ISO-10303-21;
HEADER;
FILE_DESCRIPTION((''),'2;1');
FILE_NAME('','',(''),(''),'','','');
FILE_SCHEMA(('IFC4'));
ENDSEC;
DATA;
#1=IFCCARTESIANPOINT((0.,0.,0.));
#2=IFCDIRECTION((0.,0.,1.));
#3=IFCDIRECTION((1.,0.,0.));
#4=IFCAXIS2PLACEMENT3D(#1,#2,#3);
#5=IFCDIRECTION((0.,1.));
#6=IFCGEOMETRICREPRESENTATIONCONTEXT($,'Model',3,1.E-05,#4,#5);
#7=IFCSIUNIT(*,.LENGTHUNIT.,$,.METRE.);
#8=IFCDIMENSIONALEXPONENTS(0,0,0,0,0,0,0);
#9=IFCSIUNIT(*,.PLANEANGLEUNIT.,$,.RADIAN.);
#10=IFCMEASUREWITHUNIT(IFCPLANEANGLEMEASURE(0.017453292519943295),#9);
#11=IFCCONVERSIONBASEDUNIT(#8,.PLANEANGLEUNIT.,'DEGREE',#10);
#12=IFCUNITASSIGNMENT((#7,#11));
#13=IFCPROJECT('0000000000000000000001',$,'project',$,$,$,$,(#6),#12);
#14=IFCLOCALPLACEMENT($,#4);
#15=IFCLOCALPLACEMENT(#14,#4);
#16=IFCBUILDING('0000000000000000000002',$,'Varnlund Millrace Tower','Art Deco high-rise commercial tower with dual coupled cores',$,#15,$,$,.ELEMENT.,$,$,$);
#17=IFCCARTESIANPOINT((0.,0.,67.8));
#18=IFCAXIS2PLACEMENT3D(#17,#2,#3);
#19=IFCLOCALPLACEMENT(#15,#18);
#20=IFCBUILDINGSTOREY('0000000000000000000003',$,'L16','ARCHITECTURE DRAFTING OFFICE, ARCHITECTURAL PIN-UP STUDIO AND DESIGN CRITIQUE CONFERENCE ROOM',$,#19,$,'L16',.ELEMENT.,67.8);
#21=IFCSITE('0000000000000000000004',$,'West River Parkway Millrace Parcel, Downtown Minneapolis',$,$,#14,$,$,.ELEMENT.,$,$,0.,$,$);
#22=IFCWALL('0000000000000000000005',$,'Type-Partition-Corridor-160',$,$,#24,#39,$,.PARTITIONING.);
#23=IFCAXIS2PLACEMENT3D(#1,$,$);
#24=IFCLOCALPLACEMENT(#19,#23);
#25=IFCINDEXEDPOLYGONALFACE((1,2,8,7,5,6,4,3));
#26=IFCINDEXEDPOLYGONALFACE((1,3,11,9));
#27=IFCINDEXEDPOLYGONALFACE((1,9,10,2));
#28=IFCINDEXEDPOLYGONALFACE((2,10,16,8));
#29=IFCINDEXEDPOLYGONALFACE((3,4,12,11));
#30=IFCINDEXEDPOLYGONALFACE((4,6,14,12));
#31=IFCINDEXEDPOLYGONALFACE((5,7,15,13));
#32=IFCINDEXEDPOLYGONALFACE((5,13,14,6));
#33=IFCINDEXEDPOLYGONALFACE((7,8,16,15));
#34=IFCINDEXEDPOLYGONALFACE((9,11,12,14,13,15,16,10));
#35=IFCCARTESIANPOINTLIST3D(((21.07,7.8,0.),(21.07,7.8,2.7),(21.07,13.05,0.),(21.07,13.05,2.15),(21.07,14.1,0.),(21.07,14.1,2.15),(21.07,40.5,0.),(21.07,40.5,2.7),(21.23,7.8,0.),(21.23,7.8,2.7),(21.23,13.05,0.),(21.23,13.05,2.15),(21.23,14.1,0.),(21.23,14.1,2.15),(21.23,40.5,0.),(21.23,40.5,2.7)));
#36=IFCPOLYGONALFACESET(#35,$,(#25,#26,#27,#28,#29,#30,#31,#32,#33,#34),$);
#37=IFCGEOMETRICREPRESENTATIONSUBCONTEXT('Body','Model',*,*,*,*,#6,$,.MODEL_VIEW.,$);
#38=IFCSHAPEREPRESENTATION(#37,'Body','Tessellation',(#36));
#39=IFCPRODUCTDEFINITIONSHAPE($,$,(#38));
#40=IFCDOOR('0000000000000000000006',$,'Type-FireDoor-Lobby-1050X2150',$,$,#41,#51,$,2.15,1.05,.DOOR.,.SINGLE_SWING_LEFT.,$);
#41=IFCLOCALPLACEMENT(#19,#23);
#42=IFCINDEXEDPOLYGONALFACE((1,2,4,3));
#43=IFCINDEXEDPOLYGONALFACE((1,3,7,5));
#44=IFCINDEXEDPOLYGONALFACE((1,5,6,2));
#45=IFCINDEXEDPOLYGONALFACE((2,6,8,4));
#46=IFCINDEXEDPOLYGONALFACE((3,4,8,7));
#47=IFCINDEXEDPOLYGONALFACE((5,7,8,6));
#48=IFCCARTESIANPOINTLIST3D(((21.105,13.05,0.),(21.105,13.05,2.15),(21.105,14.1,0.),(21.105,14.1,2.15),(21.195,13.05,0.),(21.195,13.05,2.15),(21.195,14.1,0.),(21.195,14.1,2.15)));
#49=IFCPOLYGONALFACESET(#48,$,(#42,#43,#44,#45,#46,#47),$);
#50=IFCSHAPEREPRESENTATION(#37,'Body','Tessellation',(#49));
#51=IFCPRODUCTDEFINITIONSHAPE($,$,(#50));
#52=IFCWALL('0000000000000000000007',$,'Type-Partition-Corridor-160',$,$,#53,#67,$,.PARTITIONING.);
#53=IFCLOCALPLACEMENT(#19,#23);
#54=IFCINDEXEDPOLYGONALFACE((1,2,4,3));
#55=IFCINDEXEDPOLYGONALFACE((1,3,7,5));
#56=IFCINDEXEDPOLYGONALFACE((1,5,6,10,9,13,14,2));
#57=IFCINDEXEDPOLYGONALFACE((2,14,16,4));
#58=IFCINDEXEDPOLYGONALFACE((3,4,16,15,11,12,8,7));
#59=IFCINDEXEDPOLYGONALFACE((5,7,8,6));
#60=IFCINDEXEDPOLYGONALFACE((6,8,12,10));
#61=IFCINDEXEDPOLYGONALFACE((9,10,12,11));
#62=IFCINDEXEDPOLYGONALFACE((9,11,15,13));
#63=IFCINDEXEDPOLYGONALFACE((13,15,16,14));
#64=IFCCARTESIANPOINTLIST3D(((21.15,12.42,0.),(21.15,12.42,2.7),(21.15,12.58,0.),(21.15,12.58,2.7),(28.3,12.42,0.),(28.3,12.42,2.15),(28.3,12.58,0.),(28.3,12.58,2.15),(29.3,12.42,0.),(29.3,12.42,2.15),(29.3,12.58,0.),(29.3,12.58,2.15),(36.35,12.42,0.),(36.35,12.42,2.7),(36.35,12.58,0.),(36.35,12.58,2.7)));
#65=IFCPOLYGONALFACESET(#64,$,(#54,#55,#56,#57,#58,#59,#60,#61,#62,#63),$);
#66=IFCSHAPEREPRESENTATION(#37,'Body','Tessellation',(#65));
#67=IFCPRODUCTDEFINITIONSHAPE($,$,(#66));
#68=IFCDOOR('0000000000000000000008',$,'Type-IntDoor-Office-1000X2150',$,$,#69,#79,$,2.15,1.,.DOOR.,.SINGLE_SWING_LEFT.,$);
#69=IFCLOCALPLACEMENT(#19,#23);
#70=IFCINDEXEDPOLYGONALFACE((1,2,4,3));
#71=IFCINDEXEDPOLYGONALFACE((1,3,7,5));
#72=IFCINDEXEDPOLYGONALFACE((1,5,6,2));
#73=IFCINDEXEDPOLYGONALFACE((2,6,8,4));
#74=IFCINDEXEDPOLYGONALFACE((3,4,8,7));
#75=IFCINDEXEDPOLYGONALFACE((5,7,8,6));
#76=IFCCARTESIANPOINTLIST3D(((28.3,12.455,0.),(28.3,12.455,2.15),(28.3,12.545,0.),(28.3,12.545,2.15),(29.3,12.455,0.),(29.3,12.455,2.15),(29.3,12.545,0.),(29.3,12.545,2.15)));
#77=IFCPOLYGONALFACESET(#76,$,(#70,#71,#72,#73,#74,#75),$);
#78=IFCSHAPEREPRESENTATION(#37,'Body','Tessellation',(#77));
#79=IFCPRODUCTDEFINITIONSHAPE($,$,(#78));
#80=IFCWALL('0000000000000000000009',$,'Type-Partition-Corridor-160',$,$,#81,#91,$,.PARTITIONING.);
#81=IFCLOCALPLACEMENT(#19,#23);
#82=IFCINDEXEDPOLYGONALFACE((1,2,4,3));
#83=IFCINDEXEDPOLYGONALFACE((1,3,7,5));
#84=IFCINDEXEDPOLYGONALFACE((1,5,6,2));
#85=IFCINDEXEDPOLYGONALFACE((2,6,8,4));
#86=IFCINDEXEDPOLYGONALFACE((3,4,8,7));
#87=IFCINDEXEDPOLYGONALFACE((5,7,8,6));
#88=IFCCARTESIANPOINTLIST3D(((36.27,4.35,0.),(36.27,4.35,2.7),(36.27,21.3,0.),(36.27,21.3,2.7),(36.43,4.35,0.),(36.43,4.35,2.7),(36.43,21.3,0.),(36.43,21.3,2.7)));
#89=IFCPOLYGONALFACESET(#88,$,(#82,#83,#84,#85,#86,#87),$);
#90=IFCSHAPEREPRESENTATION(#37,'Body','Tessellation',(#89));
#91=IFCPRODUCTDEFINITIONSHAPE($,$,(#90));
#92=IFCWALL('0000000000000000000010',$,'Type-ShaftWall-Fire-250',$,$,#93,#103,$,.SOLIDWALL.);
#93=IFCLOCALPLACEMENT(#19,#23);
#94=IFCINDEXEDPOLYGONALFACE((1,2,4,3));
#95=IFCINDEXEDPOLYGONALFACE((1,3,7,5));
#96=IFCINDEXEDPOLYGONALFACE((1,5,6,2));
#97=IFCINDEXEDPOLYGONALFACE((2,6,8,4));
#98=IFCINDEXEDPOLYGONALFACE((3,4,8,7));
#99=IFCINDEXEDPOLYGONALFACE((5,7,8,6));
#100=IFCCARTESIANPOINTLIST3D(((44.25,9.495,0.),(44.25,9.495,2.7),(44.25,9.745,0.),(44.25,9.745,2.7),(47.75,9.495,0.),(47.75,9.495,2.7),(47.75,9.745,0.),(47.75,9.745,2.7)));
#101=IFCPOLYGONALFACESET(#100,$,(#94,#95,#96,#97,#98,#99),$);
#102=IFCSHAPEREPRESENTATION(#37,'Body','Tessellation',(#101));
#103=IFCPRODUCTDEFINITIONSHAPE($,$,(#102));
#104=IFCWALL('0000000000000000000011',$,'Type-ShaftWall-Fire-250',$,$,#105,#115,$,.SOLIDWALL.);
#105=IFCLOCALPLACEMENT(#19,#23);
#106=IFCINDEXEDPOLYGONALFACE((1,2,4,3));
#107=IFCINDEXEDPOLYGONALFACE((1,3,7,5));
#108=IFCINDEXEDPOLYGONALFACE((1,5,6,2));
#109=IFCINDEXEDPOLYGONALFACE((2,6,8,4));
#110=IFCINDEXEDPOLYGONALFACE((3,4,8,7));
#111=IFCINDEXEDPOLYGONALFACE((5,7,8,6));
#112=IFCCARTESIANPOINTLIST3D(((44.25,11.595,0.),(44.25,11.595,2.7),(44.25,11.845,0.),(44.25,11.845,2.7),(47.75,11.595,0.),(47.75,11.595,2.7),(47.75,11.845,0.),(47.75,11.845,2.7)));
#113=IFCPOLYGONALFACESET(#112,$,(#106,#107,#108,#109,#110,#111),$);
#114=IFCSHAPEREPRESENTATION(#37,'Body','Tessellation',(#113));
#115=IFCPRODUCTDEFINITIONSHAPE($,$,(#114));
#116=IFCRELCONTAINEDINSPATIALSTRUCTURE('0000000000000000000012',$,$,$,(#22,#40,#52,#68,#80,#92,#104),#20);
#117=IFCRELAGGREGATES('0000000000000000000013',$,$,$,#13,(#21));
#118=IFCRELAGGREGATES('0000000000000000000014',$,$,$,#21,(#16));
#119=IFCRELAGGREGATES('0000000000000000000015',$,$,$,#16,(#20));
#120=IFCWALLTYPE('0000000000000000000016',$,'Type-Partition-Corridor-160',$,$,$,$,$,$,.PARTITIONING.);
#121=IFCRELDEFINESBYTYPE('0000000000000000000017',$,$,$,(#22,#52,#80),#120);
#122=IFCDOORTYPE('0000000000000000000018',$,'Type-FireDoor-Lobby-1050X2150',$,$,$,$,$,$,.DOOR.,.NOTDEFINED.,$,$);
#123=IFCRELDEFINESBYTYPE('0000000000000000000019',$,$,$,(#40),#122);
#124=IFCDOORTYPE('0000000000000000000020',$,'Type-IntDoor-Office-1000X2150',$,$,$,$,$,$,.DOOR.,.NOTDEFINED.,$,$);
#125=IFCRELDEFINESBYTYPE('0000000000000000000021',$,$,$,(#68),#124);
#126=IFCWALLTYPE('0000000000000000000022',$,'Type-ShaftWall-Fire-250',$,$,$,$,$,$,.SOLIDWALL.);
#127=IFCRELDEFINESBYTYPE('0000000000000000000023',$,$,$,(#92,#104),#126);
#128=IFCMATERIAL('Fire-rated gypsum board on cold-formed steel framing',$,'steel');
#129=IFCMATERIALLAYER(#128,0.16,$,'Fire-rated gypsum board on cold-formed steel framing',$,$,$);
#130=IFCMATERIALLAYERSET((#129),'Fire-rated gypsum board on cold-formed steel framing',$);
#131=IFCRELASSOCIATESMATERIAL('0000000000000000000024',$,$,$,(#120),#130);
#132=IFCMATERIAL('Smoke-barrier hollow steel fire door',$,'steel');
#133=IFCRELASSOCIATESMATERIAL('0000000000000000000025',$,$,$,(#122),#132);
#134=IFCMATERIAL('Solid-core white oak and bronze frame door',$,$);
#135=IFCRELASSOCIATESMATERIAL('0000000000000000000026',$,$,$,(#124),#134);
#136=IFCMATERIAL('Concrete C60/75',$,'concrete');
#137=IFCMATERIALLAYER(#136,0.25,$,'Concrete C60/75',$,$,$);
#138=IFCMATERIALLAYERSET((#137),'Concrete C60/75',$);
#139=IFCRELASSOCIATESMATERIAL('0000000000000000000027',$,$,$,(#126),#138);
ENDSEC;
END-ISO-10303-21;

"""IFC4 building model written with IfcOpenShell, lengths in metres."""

from ifc_helpers import new_model, entity, si_unit, converted_unit, direction, frame, origin_with_axes, origin_2d_with_axis, place, context, subcontext, project, spatial, polyline, rectangle, outline, extrude, material, layer, layer_set, type_object, element, fill, save


model = new_model("IFC4")

# Units and contexts
model_context = context("Model", 3, precision=1e-05, world=origin_with_axes(), true_north=direction((0.0, 1.0)))
body_context = subcontext(model_context, "Body", "Model", "MODEL_VIEW")
ifc_project = project(units=[si_unit("LENGTHUNIT", "METRE"), converted_unit("PLANEANGLEUNIT", "DEGREE", entity("IfcPlaneAngleMeasure", 0.017453292519943295), si_unit("PLANEANGLEUNIT", "RADIAN"), dimensions=[0, 0, 0, 0, 0, 0, 0])], contexts=[model_context])

# Site, building, storey
site_placement = place(None, origin_with_axes())
site = spatial("IfcSite", under=ifc_project, at=site_placement, Name="West River Parkway Millrace Parcel, Downtown Minneapolis", CompositionType="ELEMENT", RefElevation=0.0)
building_placement = place(site_placement, origin_with_axes())
building = spatial("IfcBuilding", under=site, at=building_placement, Name="Varnlund Millrace Tower", Description="Art Deco high-rise commercial tower with dual coupled cores", CompositionType="ELEMENT")
storey_placement = place(building_placement, frame((0.0, 0.0, 67.8), z_axis=(0.0, 0.0, 1.0), x_axis=(1.0, 0.0, 0.0)))
storey = spatial("IfcBuildingStorey", under=building, at=storey_placement, Name="L16", Description="ARCHITECTURE DRAFTING OFFICE, ARCHITECTURAL PIN-UP STUDIO AND DESIGN CRITIQUE CONFERENCE ROOM", LongName="L16", CompositionType="ELEMENT", Elevation=67.8)

# Walls, openings, doors
ifc_material_1 = material(Name="Fire-rated gypsum board on cold-formed steel framing", Category="steel")
ifc_layer_1 = layer(ifc_material_1, 0.16, Name="Fire-rated gypsum board on cold-formed steel framing")
ifc_layer_set_1 = layer_set([ifc_layer_1], Name="Fire-rated gypsum board on cold-formed steel framing")
wall_type_1 = type_object("IfcWallType", Name="Type-Partition-Corridor-160", PredefinedType="PARTITIONING", material=ifc_layer_set_1)
wall_1_placement = place(storey_placement, frame((21.15, 7.8, 0.0), z_axis=(0.0, 0.0, 1.0), x_axis=(0.0, 1.0, 0.0)))
wall_1 = element("IfcWall", 1, at=wall_1_placement, inside=storey, type_object=wall_type_1, Name="Type-Partition-Corridor-160", PredefinedType="PARTITIONING", context=body_context, shape_type="SweptSolid", body=[
    extrude(outline(polyline([(0.0, -0.08), (32.7, -0.08), (32.7, 0.08), (0.0, 0.08), (0.0, -0.08)])), origin_with_axes(), (0.0, 0.0, 1.0), 2.7),
])
opening_1_placement = place(wall_1_placement, frame((5.775, 0.0, 0.0), z_axis=(0.0, 0.0, 1.0), x_axis=(1.0, 0.0, 0.0)))
opening_1 = element("IfcOpeningElement", 2, at=opening_1_placement, cuts=wall_1, PredefinedType="OPENING", context=body_context, shape_type="SweptSolid", body=[
    extrude(rectangle(XDim=1.05, YDim=0.18, at=origin_2d_with_axis()), origin_with_axes(), (0.0, 0.0, 1.0), 2.15),
])
ifc_material_2 = material(Name="Smoke-barrier hollow steel fire door", Category="steel")
door_type_1 = type_object("IfcDoorType", Name="Type-FireDoor-Lobby-1050X2150", OperationType="NOTDEFINED", PredefinedType="DOOR", material=ifc_material_2)
door_1_placement = place(wall_1_placement, frame((5.775, 0.0, 0.0), z_axis=(0.0, 0.0, 1.0), x_axis=(1.0, 0.0, 0.0)))
door_1 = element("IfcDoor", 3, at=door_1_placement, inside=storey, type_object=door_type_1, Name="Type-FireDoor-Lobby-1050X2150", OperationType="SINGLE_SWING_LEFT", OverallHeight=2.15, OverallWidth=1.05, PredefinedType="DOOR", context=body_context, shape_type="SweptSolid", body=[
    extrude(rectangle(XDim=1.05, YDim=0.09, at=origin_2d_with_axis()), origin_with_axes(), (0.0, 0.0, 1.0), 2.15),
])
fill(opening_1, door_1)
wall_2_placement = place(storey_placement, frame((21.15, 12.5, 0.0), z_axis=(0.0, 0.0, 1.0), x_axis=(1.0, 0.0, 0.0)))
wall_2 = element("IfcWall", 4, at=wall_2_placement, inside=storey, type_object=wall_type_1, Name="Type-Partition-Corridor-160", PredefinedType="PARTITIONING", context=body_context, shape_type="SweptSolid", body=[
    extrude(outline(polyline([(0.0, -0.08), (15.2, -0.08), (15.2, 0.08), (0.0, 0.08), (0.0, -0.08)])), origin_with_axes(), (0.0, 0.0, 1.0), 2.7),
])
opening_2_placement = place(wall_2_placement, frame((7.65, 0.0, 0.0), z_axis=(0.0, 0.0, 1.0), x_axis=(1.0, 0.0, 0.0)))
opening_2 = element("IfcOpeningElement", 5, at=opening_2_placement, cuts=wall_2, PredefinedType="OPENING", context=body_context, shape_type="SweptSolid", body=[
    extrude(rectangle(XDim=1.0, YDim=0.18, at=origin_2d_with_axis()), origin_with_axes(), (0.0, 0.0, 1.0), 2.15),
])
ifc_material_3 = material(Name="Solid-core white oak and bronze frame door")
door_type_2 = type_object("IfcDoorType", Name="Type-IntDoor-Office-1000X2150", OperationType="NOTDEFINED", PredefinedType="DOOR", material=ifc_material_3)
door_2_placement = place(wall_2_placement, frame((7.65, 0.0, 0.0), z_axis=(0.0, 0.0, 1.0), x_axis=(1.0, 0.0, 0.0)))
door_2 = element("IfcDoor", 6, at=door_2_placement, inside=storey, type_object=door_type_2, Name="Type-IntDoor-Office-1000X2150", OperationType="SINGLE_SWING_LEFT", OverallHeight=2.15, OverallWidth=1.0, PredefinedType="DOOR", context=body_context, shape_type="SweptSolid", body=[
    extrude(rectangle(XDim=1.0, YDim=0.09, at=origin_2d_with_axis()), origin_with_axes(), (0.0, 0.0, 1.0), 2.15),
])
fill(opening_2, door_2)

# Walls
wall_3_placement = place(storey_placement, frame((36.35, 4.35, 0.0), z_axis=(0.0, 0.0, 1.0), x_axis=(0.0, 1.0, 0.0)))
element("IfcWall", 7, at=wall_3_placement, inside=storey, type_object=wall_type_1, Name="Type-Partition-Corridor-160", PredefinedType="PARTITIONING", context=body_context, shape_type="SweptSolid", body=[
    extrude(outline(polyline([(0.0, -0.08), (16.95, -0.08), (16.95, 0.08), (0.0, 0.08), (0.0, -0.08)])), origin_with_axes(), (0.0, 0.0, 1.0), 2.7),
])
ifc_material_4 = material(Name="Concrete C60/75", Category="concrete")
ifc_layer_2 = layer(ifc_material_4, 0.25, Name="Concrete C60/75")
ifc_layer_set_2 = layer_set([ifc_layer_2], Name="Concrete C60/75")
wall_type_2 = type_object("IfcWallType", Name="Type-ShaftWall-Fire-250", PredefinedType="SOLIDWALL", material=ifc_layer_set_2)
for number, where, z_axis, x_axis, name in (
    (8, (44.25, 9.62, 0.0), (0.0, 0.0, 1.0), (1.0, 0.0, 0.0), "Type-ShaftWall-Fire-250"),
    (9, (44.25, 11.72, 0.0), (0.0, 0.0, 1.0), (1.0, 0.0, 0.0), "Type-ShaftWall-Fire-250"),
):
    element("IfcWall", number, at=place(storey_placement, frame(where, z_axis=z_axis, x_axis=x_axis)), inside=storey, type_object=wall_type_2, Name=name, PredefinedType="SOLIDWALL", context=body_context, shape_type="SweptSolid", body=[
        extrude(outline(polyline([(0.0, -0.125), (3.5, -0.125), (3.5, 0.125), (0.0, 0.125), (0.0, -0.125)])), origin_with_axes(), (0.0, 0.0, 1.0), 2.7),
    ])

save(model, "model.ifc")
